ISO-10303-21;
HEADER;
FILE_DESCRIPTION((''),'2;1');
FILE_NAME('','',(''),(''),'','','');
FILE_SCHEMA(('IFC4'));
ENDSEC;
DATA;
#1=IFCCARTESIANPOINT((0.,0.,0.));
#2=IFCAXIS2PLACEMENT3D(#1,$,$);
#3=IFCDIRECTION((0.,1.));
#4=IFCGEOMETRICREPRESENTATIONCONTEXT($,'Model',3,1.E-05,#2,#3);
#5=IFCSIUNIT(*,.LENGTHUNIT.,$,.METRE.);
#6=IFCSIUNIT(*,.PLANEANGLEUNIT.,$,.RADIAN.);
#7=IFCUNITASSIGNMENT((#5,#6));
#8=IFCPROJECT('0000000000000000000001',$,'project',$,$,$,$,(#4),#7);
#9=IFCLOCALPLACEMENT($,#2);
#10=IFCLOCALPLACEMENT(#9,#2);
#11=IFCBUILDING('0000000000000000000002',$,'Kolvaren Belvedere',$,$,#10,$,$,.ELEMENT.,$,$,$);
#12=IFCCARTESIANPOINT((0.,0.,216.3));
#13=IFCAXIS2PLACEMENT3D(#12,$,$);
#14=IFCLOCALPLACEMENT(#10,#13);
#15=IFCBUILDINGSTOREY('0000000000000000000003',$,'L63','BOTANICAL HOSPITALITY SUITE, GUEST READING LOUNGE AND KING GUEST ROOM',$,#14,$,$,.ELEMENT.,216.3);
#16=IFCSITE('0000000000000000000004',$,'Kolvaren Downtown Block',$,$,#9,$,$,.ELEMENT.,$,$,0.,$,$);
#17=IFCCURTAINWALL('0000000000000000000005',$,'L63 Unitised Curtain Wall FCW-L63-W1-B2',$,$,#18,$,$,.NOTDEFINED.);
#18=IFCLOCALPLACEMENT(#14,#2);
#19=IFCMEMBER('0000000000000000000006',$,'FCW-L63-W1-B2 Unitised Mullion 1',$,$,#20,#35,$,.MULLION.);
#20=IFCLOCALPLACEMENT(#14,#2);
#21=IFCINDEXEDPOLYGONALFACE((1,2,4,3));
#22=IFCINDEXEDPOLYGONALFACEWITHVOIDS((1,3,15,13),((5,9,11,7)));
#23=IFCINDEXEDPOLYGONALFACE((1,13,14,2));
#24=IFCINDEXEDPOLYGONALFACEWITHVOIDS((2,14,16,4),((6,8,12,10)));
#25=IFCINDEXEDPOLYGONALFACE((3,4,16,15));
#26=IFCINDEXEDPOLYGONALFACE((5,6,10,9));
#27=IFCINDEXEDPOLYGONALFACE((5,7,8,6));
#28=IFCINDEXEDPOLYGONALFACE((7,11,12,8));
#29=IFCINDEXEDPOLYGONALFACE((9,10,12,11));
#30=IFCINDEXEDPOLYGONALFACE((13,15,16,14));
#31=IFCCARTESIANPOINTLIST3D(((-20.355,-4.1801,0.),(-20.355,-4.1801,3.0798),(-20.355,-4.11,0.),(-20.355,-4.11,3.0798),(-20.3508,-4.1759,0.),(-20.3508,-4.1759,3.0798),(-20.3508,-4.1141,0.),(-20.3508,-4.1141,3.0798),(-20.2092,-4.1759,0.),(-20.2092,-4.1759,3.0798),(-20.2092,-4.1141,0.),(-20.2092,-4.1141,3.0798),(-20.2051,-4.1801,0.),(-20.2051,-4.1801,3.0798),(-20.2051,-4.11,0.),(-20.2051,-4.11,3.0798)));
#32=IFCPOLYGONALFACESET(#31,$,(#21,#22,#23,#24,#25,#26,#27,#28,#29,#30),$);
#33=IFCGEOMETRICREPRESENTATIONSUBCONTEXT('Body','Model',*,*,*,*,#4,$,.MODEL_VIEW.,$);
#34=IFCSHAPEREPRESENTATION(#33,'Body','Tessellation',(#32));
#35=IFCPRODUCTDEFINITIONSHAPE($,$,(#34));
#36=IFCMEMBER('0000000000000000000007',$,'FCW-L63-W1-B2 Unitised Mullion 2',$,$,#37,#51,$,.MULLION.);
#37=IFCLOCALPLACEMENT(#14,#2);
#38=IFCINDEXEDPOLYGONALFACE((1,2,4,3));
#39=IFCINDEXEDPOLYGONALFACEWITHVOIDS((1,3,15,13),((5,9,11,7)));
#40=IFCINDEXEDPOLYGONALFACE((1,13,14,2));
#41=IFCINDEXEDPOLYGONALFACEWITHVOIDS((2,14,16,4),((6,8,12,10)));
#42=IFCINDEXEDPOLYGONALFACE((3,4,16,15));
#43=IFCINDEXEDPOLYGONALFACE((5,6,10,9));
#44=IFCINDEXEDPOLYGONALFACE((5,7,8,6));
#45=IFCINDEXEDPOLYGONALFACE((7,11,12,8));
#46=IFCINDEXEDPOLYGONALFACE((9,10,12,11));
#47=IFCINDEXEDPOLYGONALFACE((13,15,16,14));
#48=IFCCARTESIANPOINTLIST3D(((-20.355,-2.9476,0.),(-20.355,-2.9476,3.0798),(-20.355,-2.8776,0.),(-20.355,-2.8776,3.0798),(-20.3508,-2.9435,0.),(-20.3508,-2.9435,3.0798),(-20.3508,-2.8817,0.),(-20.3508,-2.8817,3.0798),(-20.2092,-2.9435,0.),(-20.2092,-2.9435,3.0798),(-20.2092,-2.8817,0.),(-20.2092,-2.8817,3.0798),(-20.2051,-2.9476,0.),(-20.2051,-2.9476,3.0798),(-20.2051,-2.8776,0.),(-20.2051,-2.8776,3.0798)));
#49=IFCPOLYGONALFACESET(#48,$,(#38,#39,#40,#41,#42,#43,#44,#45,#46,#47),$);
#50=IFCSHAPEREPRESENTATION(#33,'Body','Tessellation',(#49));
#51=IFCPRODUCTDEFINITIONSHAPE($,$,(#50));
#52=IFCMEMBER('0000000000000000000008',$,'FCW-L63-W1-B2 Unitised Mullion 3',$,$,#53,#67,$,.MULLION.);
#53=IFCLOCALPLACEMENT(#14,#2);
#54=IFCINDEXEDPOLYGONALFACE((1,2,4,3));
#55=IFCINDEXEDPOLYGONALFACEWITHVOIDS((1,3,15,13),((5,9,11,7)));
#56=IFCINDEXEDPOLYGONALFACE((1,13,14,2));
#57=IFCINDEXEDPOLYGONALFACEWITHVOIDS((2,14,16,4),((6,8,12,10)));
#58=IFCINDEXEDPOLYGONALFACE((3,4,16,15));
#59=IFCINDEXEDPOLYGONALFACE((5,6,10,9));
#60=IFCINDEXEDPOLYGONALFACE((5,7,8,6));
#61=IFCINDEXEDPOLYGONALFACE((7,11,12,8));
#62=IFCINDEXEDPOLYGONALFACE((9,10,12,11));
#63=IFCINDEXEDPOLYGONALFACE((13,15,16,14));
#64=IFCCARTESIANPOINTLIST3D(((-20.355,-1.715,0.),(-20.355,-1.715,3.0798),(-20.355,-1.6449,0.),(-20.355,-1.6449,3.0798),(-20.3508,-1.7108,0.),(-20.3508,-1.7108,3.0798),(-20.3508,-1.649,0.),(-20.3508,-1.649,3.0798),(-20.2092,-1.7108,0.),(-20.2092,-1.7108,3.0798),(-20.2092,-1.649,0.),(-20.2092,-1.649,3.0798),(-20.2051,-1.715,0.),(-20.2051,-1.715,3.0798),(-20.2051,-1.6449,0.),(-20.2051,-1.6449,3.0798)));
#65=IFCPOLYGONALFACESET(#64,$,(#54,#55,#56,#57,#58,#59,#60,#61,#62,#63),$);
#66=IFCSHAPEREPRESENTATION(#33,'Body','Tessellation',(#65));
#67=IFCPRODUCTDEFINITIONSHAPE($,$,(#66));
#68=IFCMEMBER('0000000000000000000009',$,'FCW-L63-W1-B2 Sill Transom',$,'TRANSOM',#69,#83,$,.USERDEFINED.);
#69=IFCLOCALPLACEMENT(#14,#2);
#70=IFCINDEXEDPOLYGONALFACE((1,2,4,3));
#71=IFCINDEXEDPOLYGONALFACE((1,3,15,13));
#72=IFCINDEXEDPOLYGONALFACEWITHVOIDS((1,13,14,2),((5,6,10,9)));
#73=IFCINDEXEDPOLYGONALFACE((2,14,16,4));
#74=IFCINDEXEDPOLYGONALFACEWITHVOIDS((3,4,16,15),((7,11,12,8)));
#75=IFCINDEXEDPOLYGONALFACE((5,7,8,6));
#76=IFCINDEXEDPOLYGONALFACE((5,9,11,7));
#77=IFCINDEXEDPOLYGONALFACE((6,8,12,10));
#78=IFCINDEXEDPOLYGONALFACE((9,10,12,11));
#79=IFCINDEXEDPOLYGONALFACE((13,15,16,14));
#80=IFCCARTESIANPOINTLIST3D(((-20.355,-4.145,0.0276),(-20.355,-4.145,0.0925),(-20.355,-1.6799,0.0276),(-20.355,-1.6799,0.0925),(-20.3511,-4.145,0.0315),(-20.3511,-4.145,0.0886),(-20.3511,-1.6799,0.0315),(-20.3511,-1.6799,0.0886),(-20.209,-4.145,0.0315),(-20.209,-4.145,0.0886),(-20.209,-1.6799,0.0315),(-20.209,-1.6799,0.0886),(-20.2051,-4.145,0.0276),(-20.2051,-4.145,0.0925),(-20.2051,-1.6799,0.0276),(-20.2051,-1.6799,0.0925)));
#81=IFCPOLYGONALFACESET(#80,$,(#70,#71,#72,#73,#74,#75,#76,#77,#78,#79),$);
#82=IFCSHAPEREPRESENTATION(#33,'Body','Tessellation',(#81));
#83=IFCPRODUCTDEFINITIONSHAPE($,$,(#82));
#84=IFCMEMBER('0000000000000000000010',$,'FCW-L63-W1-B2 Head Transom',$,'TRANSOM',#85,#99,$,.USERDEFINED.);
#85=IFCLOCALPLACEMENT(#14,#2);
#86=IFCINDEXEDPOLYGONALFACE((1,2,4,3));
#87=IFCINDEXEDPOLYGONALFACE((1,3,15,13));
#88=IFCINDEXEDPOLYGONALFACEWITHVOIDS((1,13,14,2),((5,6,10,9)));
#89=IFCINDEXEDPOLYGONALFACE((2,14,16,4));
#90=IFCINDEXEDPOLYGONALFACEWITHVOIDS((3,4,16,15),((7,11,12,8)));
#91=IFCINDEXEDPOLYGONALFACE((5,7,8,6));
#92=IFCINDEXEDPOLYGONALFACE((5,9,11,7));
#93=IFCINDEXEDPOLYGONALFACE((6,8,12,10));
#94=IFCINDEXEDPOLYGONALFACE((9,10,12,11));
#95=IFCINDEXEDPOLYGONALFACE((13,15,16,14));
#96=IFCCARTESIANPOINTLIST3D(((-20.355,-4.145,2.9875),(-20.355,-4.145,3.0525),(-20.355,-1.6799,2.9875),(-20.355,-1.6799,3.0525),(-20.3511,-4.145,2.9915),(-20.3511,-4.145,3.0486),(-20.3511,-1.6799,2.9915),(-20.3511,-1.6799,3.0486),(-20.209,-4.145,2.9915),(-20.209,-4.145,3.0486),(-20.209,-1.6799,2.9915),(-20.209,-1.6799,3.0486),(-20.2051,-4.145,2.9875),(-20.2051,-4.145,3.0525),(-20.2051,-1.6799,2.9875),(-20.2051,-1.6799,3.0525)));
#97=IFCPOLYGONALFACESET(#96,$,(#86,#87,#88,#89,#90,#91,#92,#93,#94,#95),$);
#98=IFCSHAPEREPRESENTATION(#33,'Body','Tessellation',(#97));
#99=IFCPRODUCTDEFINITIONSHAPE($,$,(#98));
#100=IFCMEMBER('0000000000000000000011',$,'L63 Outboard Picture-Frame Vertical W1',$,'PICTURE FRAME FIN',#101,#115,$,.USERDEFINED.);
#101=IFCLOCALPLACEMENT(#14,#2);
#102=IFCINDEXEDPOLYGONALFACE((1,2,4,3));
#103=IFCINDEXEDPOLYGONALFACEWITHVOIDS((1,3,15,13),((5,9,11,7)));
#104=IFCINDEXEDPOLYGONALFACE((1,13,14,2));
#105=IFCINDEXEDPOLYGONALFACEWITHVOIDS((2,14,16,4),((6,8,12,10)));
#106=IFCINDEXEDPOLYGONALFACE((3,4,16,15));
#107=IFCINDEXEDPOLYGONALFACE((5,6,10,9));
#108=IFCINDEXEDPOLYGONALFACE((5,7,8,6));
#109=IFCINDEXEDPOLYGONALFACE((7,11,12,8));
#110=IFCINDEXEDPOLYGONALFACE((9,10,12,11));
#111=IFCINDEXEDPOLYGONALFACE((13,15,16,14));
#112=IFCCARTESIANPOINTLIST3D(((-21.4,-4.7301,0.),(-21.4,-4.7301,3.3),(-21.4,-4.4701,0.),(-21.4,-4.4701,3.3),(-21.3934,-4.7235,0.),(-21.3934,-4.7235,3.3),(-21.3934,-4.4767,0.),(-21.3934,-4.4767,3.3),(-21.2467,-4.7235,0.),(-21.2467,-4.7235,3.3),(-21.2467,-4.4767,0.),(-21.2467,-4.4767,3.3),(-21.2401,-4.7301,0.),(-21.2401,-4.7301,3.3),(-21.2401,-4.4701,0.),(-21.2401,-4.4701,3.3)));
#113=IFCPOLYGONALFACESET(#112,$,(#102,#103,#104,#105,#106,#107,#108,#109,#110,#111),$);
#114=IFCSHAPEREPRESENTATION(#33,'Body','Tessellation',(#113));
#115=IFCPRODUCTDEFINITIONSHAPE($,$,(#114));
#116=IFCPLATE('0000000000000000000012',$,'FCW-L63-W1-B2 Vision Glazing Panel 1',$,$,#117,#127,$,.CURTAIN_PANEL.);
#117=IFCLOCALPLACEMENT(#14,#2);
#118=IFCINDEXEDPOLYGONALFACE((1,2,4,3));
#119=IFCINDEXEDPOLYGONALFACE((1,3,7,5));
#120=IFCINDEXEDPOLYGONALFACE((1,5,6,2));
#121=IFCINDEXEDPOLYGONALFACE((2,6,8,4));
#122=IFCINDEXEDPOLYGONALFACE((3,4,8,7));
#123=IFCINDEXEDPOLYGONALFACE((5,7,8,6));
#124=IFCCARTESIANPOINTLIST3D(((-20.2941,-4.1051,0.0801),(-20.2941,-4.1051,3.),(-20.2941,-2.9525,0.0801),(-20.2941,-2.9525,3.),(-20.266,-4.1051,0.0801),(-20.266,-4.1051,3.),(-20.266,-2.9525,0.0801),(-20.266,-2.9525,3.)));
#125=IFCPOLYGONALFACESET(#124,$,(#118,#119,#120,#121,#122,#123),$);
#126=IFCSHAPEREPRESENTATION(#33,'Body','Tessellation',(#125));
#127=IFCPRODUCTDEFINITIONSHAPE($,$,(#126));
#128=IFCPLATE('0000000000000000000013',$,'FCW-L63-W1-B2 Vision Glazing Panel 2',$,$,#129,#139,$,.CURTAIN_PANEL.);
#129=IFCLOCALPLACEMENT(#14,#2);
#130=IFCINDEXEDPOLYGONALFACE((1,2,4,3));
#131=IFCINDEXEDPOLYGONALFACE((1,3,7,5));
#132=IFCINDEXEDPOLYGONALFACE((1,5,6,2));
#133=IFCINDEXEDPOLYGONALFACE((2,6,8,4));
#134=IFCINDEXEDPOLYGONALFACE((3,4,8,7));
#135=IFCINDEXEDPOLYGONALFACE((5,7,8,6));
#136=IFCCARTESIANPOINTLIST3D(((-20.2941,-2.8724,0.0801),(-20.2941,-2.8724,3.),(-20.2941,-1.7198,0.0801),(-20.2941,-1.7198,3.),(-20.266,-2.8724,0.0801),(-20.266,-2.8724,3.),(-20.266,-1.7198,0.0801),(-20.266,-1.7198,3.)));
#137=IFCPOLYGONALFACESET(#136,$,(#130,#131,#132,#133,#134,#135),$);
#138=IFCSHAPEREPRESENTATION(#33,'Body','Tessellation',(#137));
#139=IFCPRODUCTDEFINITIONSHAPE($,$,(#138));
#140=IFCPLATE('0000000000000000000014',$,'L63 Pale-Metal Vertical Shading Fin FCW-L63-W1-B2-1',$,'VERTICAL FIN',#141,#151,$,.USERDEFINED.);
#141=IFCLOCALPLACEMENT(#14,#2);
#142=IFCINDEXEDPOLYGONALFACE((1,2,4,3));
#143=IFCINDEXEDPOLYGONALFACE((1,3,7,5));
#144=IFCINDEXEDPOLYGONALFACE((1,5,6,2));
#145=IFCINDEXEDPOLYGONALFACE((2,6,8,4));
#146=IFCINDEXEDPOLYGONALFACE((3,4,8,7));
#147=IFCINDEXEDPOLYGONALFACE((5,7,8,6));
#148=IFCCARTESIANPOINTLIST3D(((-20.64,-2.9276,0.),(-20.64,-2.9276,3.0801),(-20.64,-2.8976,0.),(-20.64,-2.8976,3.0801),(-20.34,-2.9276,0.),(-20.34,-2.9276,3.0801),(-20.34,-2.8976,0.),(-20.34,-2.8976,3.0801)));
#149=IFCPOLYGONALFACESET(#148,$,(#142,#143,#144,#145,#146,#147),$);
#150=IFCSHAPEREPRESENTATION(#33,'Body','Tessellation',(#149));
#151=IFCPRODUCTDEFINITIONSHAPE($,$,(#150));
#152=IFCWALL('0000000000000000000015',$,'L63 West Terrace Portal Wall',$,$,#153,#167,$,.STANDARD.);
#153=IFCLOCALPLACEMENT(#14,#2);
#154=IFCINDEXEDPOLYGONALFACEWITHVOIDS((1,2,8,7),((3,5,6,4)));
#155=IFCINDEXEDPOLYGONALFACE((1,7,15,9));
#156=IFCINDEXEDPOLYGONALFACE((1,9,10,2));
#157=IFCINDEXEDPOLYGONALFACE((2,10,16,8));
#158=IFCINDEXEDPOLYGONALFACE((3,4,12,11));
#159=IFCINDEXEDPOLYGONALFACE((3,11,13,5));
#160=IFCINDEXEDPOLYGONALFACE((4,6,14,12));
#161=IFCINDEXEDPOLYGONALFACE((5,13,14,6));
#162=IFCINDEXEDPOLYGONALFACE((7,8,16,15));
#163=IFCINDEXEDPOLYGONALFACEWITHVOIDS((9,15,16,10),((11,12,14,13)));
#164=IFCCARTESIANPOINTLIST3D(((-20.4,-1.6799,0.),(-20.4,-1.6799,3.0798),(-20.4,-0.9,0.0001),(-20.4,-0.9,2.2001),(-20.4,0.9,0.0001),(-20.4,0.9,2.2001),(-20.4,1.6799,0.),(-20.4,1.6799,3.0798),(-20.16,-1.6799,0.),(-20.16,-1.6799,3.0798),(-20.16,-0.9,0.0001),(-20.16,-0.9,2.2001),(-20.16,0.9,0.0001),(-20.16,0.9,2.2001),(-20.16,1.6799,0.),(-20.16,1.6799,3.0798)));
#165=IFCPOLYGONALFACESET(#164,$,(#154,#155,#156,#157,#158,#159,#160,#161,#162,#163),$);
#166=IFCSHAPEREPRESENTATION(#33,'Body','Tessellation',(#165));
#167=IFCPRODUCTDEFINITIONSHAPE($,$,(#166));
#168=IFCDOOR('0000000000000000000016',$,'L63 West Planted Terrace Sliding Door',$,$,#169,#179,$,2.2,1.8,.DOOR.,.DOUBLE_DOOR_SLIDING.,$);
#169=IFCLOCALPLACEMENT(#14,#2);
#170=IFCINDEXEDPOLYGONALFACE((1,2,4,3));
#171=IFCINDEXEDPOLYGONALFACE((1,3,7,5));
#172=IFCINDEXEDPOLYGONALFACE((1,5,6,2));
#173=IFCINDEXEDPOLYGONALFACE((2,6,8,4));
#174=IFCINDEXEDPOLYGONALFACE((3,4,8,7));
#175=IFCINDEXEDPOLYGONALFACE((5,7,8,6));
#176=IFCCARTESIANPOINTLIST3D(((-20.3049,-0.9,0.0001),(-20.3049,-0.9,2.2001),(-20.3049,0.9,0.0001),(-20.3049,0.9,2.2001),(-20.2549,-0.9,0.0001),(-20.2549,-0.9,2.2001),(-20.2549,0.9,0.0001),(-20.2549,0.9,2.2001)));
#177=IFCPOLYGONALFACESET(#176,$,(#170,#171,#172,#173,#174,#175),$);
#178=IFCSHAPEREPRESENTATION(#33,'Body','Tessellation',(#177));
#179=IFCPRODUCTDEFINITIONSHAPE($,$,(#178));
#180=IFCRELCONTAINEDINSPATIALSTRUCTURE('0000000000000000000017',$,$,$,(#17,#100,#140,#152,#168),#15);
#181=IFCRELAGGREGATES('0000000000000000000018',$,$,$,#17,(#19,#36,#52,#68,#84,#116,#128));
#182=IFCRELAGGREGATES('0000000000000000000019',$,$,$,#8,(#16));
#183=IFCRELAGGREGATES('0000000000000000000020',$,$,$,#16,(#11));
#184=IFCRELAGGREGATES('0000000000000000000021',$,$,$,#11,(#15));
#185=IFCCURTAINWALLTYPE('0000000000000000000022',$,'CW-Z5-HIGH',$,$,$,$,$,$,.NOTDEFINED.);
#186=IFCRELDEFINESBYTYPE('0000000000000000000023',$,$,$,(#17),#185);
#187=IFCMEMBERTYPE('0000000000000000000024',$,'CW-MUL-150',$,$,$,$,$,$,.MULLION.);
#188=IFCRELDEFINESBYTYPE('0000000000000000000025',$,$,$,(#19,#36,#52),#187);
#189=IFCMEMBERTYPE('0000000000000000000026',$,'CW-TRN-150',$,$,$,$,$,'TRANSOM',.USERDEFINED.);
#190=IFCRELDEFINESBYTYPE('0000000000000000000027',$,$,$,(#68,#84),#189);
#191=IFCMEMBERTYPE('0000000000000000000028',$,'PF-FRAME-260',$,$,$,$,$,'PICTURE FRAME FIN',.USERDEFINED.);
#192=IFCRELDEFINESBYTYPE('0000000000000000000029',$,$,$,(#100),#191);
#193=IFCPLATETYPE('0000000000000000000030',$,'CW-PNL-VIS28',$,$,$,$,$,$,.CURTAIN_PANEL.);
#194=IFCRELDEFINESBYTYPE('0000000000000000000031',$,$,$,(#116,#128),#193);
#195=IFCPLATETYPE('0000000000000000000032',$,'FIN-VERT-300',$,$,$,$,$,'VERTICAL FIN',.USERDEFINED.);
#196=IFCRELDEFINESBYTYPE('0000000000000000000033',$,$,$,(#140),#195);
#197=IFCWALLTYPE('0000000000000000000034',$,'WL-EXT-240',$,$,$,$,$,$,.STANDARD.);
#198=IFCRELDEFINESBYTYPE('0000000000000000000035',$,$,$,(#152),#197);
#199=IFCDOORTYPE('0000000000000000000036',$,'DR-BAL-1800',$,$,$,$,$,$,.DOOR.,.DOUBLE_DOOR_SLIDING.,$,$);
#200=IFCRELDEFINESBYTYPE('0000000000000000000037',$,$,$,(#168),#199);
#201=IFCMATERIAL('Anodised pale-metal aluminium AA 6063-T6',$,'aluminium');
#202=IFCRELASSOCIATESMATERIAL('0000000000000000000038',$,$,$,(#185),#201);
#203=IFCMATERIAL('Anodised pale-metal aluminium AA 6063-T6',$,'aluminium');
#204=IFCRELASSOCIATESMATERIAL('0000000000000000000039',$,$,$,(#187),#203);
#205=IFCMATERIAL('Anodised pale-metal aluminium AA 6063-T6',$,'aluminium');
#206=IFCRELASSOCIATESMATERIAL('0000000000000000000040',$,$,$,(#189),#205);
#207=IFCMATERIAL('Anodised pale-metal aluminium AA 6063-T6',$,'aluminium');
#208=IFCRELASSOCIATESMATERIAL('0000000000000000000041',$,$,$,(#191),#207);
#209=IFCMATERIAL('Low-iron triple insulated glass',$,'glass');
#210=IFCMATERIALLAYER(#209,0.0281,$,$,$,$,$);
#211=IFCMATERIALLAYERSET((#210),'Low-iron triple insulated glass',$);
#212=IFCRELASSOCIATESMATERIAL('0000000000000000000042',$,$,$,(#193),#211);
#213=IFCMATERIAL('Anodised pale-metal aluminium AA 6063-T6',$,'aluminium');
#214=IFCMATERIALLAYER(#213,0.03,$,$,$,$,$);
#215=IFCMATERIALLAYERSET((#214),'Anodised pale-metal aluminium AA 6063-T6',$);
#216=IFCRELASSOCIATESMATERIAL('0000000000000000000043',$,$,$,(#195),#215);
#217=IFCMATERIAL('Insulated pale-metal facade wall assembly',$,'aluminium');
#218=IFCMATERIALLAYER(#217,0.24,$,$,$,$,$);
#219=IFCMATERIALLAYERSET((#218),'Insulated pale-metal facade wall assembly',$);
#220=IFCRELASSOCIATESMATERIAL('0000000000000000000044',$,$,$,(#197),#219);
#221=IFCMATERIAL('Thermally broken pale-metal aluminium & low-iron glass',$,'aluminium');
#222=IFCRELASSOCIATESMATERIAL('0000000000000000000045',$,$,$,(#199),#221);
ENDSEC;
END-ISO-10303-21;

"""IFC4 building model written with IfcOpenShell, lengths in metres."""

from ifc_helpers import new_model, si_unit, direction, frame, frame_2d, origin, origin_2d, place, context, subcontext, project, spatial, rectangle, hollow_rectangle, extrude, material, layer, layer_set, material_profile, profile_set, type_object, element, fill, aggregate, save


model = new_model("IFC4")

# Units and contexts
model_context = context("Model", 3, precision=1e-05, world=origin(), true_north=direction((0.0, 1.0)))
body_context = subcontext(model_context, "Body", "Model", "MODEL_VIEW")
ifc_project = project(units=[si_unit("LENGTHUNIT", "METRE"), si_unit("PLANEANGLEUNIT", "RADIAN")], contexts=[model_context])

# Site, building, storey
site_placement = place(None, origin())
site = spatial("IfcSite", under=ifc_project, at=site_placement, Name="Kolvaren Downtown Block", CompositionType="ELEMENT", RefElevation=0.0)
building_placement = place(site_placement, origin())
building = spatial("IfcBuilding", under=site, at=building_placement, Name="Kolvaren Belvedere", CompositionType="ELEMENT")
storey_placement = place(building_placement, frame((0.0, 0.0, 216.3)))
storey = spatial("IfcBuildingStorey", under=building, at=storey_placement, Name="L63", Description="BOTANICAL HOSPITALITY SUITE, GUEST READING LOUNGE AND KING GUEST ROOM", CompositionType="ELEMENT", Elevation=216.3)

# Shared definitions
ifc_material_1 = material(Name="Anodised pale-metal aluminium AA 6063-T6", Category="aluminium")
curtain_wall_type = type_object("IfcCurtainWallType", Name="CW-Z5-HIGH", PredefinedType="NOTDEFINED", material=ifc_material_1)
ifc_material_2 = material(Name="Anodised pale-metal aluminium AA 6063-T6", Category="aluminium")
ifc_material_profile_1 = material_profile(ifc_material_2, hollow_rectangle(XDim=0.0701, YDim=0.1499, WallThickness=0.0042, at=origin_2d()), Name="ALU-MUL-150X70")
ifc_profile_set_1 = profile_set([ifc_material_profile_1], Name="Anodised pale-metal aluminium AA 6063-T6")
member_type_1 = type_object("IfcMemberType", Name="CW-MUL-150", PredefinedType="MULLION", material=ifc_profile_set_1)

# Curtain wall, members
curtain_wall_1_placement = place(storey_placement, origin())
curtain_wall_1 = element("IfcCurtainWall", 1, at=curtain_wall_1_placement, inside=storey, type_object=curtain_wall_type, Name="L63 Unitised Curtain Wall FCW-L63-W1-B2", PredefinedType="NOTDEFINED")
member_1_placement = place(storey_placement, frame((-20.28, -4.145, 0.0), z_axis=(0.0, 0.0, 1.0), x_axis=(0.0, 1.0, 0.0)))
member_1 = element("IfcMember", 2, at=member_1_placement, type_object=member_type_1, Name="FCW-L63-W1-B2 Unitised Mullion 1", PredefinedType="MULLION", context=body_context, shape_type="SweptSolid", body=[
    extrude(hollow_rectangle(XDim=0.0701, YDim=0.1499, WallThickness=0.0042, at=origin_2d()), origin(), (0.0, 0.0, 1.0), 3.0798),
])
member_2_placement = place(storey_placement, frame((-20.28, -2.9126, 0.0), z_axis=(0.0, 0.0, 1.0), x_axis=(0.0, 1.0, 0.0)))
member_2 = element("IfcMember", 3, at=member_2_placement, type_object=member_type_1, Name="FCW-L63-W1-B2 Unitised Mullion 2", PredefinedType="MULLION", context=body_context, shape_type="SweptSolid", body=[
    extrude(hollow_rectangle(XDim=0.0701, YDim=0.1499, WallThickness=0.0042, at=origin_2d()), origin(), (0.0, 0.0, 1.0), 3.0798),
])
member_3_placement = place(storey_placement, frame((-20.28, -1.6799, 0.0), z_axis=(0.0, 0.0, 1.0), x_axis=(0.0, 1.0, 0.0)))
member_3 = element("IfcMember", 4, at=member_3_placement, type_object=member_type_1, Name="FCW-L63-W1-B2 Unitised Mullion 3", PredefinedType="MULLION", context=body_context, shape_type="SweptSolid", body=[
    extrude(hollow_rectangle(XDim=0.0701, YDim=0.1499, WallThickness=0.0042, at=origin_2d()), origin(), (0.0, 0.0, 1.0), 3.0798),
])
ifc_material_3 = material(Name="Anodised pale-metal aluminium AA 6063-T6", Category="aluminium")
ifc_material_profile_2 = material_profile(ifc_material_3, hollow_rectangle(XDim=0.0649, YDim=0.1499, WallThickness=0.0039, at=origin_2d()), Name="ALU-TRN-150X65")
ifc_profile_set_2 = profile_set([ifc_material_profile_2], Name="Anodised pale-metal aluminium AA 6063-T6")
member_type_2 = type_object("IfcMemberType", Name="CW-TRN-150", ElementType="TRANSOM", PredefinedType="USERDEFINED", material=ifc_profile_set_2)
member_4_placement = place(storey_placement, frame((-20.28, -4.145, 0.0601), z_axis=(0.0, 1.0, 0.0), x_axis=(0.0, 0.0, 1.0)))
member_4 = element("IfcMember", 5, at=member_4_placement, type_object=member_type_2, Name="FCW-L63-W1-B2 Sill Transom", ObjectType="TRANSOM", PredefinedType="USERDEFINED", context=body_context, shape_type="SweptSolid", body=[
    extrude(hollow_rectangle(XDim=0.0649, YDim=0.1499, WallThickness=0.0039, at=origin_2d()), origin(), (0.0, 0.0, 1.0), 2.4651),
])
member_5_placement = place(storey_placement, frame((-20.28, -4.145, 3.02), z_axis=(0.0, 1.0, 0.0), x_axis=(0.0, 0.0, 1.0)))
member_5 = element("IfcMember", 6, at=member_5_placement, type_object=member_type_2, Name="FCW-L63-W1-B2 Head Transom", ObjectType="TRANSOM", PredefinedType="USERDEFINED", context=body_context, shape_type="SweptSolid", body=[
    extrude(hollow_rectangle(XDim=0.0649, YDim=0.1499, WallThickness=0.0039, at=origin_2d()), origin(), (0.0, 0.0, 1.0), 2.4651),
])

# Member
ifc_material_4 = material(Name="Anodised pale-metal aluminium AA 6063-T6", Category="aluminium")
ifc_material_profile_3 = material_profile(ifc_material_4, hollow_rectangle(XDim=0.1599, YDim=0.26, WallThickness=0.0066, at=origin_2d()), Name="ALU-PF-260X160")
ifc_profile_set_3 = profile_set([ifc_material_profile_3], Name="Anodised pale-metal aluminium AA 6063-T6")
member_type_3 = type_object("IfcMemberType", Name="PF-FRAME-260", ElementType="PICTURE FRAME FIN", PredefinedType="USERDEFINED", material=ifc_profile_set_3)
member_6_placement = place(storey_placement, frame((-21.3201, -4.6001, 0.0), z_axis=(0.0, 0.0, 1.0), x_axis=(1.0, 0.0, 0.0)))
element("IfcMember", 7, at=member_6_placement, inside=storey, type_object=member_type_3, Name="L63 Outboard Picture-Frame Vertical W1", ObjectType="PICTURE FRAME FIN", PredefinedType="USERDEFINED", context=body_context, shape_type="SweptSolid", body=[
    extrude(hollow_rectangle(XDim=0.1599, YDim=0.26, WallThickness=0.0066, at=origin_2d()), origin(), (0.0, 0.0, 1.0), 3.3),
])

# Plates
ifc_material_5 = material(Name="Low-iron triple insulated glass", Category="glass")
ifc_layer_1 = layer(ifc_material_5, 0.0281)
ifc_layer_set_1 = layer_set([ifc_layer_1], Name="Low-iron triple insulated glass")
plate_type_1 = type_object("IfcPlateType", Name="CW-PNL-VIS28", PredefinedType="CURTAIN_PANEL", material=ifc_layer_set_1)
plate_1_placement = place(storey_placement, frame((-20.28, -3.5288, 0.0801), z_axis=(0.0, 0.0, 1.0), x_axis=(0.0, 1.0, 0.0)))
plate_1 = element("IfcPlate", 8, at=plate_1_placement, type_object=plate_type_1, Name="FCW-L63-W1-B2 Vision Glazing Panel 1", PredefinedType="CURTAIN_PANEL", context=body_context, shape_type="SweptSolid", body=[
    extrude(rectangle(XDim=1.1526, YDim=0.0281, at=origin_2d()), origin(), (0.0, 0.0, 1.0), 2.9199),
])
plate_2_placement = place(storey_placement, frame((-20.28, -2.2961, 0.0801), z_axis=(0.0, 0.0, 1.0), x_axis=(0.0, 1.0, 0.0)))
plate_2 = element("IfcPlate", 9, at=plate_2_placement, type_object=plate_type_1, Name="FCW-L63-W1-B2 Vision Glazing Panel 2", PredefinedType="CURTAIN_PANEL", context=body_context, shape_type="SweptSolid", body=[
    extrude(rectangle(XDim=1.1526, YDim=0.0281, at=origin_2d()), origin(), (0.0, 0.0, 1.0), 2.9199),
])
aggregate(curtain_wall_1, [member_1, member_2, member_3, member_4, member_5, plate_1, plate_2])
ifc_material_6 = material(Name="Anodised pale-metal aluminium AA 6063-T6", Category="aluminium")
ifc_layer_2 = layer(ifc_material_6, 0.03)
ifc_layer_set_2 = layer_set([ifc_layer_2], Name="Anodised pale-metal aluminium AA 6063-T6")
plate_type_2 = type_object("IfcPlateType", Name="FIN-VERT-300", ElementType="VERTICAL FIN", PredefinedType="USERDEFINED", material=ifc_layer_set_2)
plate_3_placement = place(storey_placement, frame((-20.49, -2.9126, 0.0), z_axis=(0.0, 0.0, 1.0), x_axis=(1.0, 0.0, 0.0)))
element("IfcPlate", 10, at=plate_3_placement, inside=storey, type_object=plate_type_2, Name="L63 Pale-Metal Vertical Shading Fin FCW-L63-W1-B2-1", ObjectType="VERTICAL FIN", PredefinedType="USERDEFINED", context=body_context, shape_type="SweptSolid", body=[
    extrude(rectangle(XDim=0.3, YDim=0.03, at=origin_2d()), origin(), (0.0, 0.0, 1.0), 3.0801),
])

# Wall, opening, door
ifc_material_7 = material(Name="Insulated pale-metal facade wall assembly", Category="aluminium")
ifc_layer_3 = layer(ifc_material_7, 0.24)
ifc_layer_set_3 = layer_set([ifc_layer_3], Name="Insulated pale-metal facade wall assembly")
wall_type_1 = type_object("IfcWallType", Name="WL-EXT-240", PredefinedType="STANDARD", material=ifc_layer_set_3)
wall_1_placement = place(storey_placement, frame((-20.28, -1.6799, 0.0), z_axis=(0.0, 0.0, 1.0), x_axis=(0.0, 1.0, 0.0)))
wall_1 = element("IfcWall", 11, at=wall_1_placement, inside=storey, type_object=wall_type_1, Name="L63 West Terrace Portal Wall", PredefinedType="STANDARD", context=body_context, shape_type="SweptSolid", body=[
    extrude(rectangle(XDim=3.3599, YDim=0.24, at=frame_2d((1.6799, 0.0))), origin(), (0.0, 0.0, 1.0), 3.0798),
])
opening_placement = place(wall_1_placement, frame((0.78, 0.0, 0.0)))
opening = element("IfcOpeningElement", 12, at=opening_placement, cuts=wall_1, PredefinedType="OPENING", context=body_context, shape_type="SweptSolid", body=[
    extrude(rectangle(XDim=1.8, YDim=2.2, at=frame_2d((0.8999, 1.1001))), frame((0.0, 0.1299, 0.0), z_axis=(0.0, -1.0, 0.0), x_axis=(1.0, 0.0, 0.0)), (0.0, 0.0, 1.0), 0.26),
])
ifc_material_8 = material(Name="Thermally broken pale-metal aluminium & low-iron glass", Category="aluminium")
door_type = type_object("IfcDoorType", Name="DR-BAL-1800", OperationType="DOUBLE_DOOR_SLIDING", PredefinedType="DOOR", material=ifc_material_8)
door_placement = place(opening_placement, origin())
door = element("IfcDoor", 13, at=door_placement, inside=storey, type_object=door_type, Name="L63 West Planted Terrace Sliding Door", OperationType="DOUBLE_DOOR_SLIDING", OverallHeight=2.2, OverallWidth=1.8, PredefinedType="DOOR", context=body_context, shape_type="SweptSolid", body=[
    extrude(rectangle(XDim=1.8, YDim=2.2, at=frame_2d((0.8999, 1.1001))), frame((0.0, 0.0249, 0.0), z_axis=(0.0, -1.0, 0.0), x_axis=(1.0, 0.0, 0.0)), (0.0, 0.0, 1.0), 0.05),
])
fill(opening, door)

save(model, "model.ifc")
